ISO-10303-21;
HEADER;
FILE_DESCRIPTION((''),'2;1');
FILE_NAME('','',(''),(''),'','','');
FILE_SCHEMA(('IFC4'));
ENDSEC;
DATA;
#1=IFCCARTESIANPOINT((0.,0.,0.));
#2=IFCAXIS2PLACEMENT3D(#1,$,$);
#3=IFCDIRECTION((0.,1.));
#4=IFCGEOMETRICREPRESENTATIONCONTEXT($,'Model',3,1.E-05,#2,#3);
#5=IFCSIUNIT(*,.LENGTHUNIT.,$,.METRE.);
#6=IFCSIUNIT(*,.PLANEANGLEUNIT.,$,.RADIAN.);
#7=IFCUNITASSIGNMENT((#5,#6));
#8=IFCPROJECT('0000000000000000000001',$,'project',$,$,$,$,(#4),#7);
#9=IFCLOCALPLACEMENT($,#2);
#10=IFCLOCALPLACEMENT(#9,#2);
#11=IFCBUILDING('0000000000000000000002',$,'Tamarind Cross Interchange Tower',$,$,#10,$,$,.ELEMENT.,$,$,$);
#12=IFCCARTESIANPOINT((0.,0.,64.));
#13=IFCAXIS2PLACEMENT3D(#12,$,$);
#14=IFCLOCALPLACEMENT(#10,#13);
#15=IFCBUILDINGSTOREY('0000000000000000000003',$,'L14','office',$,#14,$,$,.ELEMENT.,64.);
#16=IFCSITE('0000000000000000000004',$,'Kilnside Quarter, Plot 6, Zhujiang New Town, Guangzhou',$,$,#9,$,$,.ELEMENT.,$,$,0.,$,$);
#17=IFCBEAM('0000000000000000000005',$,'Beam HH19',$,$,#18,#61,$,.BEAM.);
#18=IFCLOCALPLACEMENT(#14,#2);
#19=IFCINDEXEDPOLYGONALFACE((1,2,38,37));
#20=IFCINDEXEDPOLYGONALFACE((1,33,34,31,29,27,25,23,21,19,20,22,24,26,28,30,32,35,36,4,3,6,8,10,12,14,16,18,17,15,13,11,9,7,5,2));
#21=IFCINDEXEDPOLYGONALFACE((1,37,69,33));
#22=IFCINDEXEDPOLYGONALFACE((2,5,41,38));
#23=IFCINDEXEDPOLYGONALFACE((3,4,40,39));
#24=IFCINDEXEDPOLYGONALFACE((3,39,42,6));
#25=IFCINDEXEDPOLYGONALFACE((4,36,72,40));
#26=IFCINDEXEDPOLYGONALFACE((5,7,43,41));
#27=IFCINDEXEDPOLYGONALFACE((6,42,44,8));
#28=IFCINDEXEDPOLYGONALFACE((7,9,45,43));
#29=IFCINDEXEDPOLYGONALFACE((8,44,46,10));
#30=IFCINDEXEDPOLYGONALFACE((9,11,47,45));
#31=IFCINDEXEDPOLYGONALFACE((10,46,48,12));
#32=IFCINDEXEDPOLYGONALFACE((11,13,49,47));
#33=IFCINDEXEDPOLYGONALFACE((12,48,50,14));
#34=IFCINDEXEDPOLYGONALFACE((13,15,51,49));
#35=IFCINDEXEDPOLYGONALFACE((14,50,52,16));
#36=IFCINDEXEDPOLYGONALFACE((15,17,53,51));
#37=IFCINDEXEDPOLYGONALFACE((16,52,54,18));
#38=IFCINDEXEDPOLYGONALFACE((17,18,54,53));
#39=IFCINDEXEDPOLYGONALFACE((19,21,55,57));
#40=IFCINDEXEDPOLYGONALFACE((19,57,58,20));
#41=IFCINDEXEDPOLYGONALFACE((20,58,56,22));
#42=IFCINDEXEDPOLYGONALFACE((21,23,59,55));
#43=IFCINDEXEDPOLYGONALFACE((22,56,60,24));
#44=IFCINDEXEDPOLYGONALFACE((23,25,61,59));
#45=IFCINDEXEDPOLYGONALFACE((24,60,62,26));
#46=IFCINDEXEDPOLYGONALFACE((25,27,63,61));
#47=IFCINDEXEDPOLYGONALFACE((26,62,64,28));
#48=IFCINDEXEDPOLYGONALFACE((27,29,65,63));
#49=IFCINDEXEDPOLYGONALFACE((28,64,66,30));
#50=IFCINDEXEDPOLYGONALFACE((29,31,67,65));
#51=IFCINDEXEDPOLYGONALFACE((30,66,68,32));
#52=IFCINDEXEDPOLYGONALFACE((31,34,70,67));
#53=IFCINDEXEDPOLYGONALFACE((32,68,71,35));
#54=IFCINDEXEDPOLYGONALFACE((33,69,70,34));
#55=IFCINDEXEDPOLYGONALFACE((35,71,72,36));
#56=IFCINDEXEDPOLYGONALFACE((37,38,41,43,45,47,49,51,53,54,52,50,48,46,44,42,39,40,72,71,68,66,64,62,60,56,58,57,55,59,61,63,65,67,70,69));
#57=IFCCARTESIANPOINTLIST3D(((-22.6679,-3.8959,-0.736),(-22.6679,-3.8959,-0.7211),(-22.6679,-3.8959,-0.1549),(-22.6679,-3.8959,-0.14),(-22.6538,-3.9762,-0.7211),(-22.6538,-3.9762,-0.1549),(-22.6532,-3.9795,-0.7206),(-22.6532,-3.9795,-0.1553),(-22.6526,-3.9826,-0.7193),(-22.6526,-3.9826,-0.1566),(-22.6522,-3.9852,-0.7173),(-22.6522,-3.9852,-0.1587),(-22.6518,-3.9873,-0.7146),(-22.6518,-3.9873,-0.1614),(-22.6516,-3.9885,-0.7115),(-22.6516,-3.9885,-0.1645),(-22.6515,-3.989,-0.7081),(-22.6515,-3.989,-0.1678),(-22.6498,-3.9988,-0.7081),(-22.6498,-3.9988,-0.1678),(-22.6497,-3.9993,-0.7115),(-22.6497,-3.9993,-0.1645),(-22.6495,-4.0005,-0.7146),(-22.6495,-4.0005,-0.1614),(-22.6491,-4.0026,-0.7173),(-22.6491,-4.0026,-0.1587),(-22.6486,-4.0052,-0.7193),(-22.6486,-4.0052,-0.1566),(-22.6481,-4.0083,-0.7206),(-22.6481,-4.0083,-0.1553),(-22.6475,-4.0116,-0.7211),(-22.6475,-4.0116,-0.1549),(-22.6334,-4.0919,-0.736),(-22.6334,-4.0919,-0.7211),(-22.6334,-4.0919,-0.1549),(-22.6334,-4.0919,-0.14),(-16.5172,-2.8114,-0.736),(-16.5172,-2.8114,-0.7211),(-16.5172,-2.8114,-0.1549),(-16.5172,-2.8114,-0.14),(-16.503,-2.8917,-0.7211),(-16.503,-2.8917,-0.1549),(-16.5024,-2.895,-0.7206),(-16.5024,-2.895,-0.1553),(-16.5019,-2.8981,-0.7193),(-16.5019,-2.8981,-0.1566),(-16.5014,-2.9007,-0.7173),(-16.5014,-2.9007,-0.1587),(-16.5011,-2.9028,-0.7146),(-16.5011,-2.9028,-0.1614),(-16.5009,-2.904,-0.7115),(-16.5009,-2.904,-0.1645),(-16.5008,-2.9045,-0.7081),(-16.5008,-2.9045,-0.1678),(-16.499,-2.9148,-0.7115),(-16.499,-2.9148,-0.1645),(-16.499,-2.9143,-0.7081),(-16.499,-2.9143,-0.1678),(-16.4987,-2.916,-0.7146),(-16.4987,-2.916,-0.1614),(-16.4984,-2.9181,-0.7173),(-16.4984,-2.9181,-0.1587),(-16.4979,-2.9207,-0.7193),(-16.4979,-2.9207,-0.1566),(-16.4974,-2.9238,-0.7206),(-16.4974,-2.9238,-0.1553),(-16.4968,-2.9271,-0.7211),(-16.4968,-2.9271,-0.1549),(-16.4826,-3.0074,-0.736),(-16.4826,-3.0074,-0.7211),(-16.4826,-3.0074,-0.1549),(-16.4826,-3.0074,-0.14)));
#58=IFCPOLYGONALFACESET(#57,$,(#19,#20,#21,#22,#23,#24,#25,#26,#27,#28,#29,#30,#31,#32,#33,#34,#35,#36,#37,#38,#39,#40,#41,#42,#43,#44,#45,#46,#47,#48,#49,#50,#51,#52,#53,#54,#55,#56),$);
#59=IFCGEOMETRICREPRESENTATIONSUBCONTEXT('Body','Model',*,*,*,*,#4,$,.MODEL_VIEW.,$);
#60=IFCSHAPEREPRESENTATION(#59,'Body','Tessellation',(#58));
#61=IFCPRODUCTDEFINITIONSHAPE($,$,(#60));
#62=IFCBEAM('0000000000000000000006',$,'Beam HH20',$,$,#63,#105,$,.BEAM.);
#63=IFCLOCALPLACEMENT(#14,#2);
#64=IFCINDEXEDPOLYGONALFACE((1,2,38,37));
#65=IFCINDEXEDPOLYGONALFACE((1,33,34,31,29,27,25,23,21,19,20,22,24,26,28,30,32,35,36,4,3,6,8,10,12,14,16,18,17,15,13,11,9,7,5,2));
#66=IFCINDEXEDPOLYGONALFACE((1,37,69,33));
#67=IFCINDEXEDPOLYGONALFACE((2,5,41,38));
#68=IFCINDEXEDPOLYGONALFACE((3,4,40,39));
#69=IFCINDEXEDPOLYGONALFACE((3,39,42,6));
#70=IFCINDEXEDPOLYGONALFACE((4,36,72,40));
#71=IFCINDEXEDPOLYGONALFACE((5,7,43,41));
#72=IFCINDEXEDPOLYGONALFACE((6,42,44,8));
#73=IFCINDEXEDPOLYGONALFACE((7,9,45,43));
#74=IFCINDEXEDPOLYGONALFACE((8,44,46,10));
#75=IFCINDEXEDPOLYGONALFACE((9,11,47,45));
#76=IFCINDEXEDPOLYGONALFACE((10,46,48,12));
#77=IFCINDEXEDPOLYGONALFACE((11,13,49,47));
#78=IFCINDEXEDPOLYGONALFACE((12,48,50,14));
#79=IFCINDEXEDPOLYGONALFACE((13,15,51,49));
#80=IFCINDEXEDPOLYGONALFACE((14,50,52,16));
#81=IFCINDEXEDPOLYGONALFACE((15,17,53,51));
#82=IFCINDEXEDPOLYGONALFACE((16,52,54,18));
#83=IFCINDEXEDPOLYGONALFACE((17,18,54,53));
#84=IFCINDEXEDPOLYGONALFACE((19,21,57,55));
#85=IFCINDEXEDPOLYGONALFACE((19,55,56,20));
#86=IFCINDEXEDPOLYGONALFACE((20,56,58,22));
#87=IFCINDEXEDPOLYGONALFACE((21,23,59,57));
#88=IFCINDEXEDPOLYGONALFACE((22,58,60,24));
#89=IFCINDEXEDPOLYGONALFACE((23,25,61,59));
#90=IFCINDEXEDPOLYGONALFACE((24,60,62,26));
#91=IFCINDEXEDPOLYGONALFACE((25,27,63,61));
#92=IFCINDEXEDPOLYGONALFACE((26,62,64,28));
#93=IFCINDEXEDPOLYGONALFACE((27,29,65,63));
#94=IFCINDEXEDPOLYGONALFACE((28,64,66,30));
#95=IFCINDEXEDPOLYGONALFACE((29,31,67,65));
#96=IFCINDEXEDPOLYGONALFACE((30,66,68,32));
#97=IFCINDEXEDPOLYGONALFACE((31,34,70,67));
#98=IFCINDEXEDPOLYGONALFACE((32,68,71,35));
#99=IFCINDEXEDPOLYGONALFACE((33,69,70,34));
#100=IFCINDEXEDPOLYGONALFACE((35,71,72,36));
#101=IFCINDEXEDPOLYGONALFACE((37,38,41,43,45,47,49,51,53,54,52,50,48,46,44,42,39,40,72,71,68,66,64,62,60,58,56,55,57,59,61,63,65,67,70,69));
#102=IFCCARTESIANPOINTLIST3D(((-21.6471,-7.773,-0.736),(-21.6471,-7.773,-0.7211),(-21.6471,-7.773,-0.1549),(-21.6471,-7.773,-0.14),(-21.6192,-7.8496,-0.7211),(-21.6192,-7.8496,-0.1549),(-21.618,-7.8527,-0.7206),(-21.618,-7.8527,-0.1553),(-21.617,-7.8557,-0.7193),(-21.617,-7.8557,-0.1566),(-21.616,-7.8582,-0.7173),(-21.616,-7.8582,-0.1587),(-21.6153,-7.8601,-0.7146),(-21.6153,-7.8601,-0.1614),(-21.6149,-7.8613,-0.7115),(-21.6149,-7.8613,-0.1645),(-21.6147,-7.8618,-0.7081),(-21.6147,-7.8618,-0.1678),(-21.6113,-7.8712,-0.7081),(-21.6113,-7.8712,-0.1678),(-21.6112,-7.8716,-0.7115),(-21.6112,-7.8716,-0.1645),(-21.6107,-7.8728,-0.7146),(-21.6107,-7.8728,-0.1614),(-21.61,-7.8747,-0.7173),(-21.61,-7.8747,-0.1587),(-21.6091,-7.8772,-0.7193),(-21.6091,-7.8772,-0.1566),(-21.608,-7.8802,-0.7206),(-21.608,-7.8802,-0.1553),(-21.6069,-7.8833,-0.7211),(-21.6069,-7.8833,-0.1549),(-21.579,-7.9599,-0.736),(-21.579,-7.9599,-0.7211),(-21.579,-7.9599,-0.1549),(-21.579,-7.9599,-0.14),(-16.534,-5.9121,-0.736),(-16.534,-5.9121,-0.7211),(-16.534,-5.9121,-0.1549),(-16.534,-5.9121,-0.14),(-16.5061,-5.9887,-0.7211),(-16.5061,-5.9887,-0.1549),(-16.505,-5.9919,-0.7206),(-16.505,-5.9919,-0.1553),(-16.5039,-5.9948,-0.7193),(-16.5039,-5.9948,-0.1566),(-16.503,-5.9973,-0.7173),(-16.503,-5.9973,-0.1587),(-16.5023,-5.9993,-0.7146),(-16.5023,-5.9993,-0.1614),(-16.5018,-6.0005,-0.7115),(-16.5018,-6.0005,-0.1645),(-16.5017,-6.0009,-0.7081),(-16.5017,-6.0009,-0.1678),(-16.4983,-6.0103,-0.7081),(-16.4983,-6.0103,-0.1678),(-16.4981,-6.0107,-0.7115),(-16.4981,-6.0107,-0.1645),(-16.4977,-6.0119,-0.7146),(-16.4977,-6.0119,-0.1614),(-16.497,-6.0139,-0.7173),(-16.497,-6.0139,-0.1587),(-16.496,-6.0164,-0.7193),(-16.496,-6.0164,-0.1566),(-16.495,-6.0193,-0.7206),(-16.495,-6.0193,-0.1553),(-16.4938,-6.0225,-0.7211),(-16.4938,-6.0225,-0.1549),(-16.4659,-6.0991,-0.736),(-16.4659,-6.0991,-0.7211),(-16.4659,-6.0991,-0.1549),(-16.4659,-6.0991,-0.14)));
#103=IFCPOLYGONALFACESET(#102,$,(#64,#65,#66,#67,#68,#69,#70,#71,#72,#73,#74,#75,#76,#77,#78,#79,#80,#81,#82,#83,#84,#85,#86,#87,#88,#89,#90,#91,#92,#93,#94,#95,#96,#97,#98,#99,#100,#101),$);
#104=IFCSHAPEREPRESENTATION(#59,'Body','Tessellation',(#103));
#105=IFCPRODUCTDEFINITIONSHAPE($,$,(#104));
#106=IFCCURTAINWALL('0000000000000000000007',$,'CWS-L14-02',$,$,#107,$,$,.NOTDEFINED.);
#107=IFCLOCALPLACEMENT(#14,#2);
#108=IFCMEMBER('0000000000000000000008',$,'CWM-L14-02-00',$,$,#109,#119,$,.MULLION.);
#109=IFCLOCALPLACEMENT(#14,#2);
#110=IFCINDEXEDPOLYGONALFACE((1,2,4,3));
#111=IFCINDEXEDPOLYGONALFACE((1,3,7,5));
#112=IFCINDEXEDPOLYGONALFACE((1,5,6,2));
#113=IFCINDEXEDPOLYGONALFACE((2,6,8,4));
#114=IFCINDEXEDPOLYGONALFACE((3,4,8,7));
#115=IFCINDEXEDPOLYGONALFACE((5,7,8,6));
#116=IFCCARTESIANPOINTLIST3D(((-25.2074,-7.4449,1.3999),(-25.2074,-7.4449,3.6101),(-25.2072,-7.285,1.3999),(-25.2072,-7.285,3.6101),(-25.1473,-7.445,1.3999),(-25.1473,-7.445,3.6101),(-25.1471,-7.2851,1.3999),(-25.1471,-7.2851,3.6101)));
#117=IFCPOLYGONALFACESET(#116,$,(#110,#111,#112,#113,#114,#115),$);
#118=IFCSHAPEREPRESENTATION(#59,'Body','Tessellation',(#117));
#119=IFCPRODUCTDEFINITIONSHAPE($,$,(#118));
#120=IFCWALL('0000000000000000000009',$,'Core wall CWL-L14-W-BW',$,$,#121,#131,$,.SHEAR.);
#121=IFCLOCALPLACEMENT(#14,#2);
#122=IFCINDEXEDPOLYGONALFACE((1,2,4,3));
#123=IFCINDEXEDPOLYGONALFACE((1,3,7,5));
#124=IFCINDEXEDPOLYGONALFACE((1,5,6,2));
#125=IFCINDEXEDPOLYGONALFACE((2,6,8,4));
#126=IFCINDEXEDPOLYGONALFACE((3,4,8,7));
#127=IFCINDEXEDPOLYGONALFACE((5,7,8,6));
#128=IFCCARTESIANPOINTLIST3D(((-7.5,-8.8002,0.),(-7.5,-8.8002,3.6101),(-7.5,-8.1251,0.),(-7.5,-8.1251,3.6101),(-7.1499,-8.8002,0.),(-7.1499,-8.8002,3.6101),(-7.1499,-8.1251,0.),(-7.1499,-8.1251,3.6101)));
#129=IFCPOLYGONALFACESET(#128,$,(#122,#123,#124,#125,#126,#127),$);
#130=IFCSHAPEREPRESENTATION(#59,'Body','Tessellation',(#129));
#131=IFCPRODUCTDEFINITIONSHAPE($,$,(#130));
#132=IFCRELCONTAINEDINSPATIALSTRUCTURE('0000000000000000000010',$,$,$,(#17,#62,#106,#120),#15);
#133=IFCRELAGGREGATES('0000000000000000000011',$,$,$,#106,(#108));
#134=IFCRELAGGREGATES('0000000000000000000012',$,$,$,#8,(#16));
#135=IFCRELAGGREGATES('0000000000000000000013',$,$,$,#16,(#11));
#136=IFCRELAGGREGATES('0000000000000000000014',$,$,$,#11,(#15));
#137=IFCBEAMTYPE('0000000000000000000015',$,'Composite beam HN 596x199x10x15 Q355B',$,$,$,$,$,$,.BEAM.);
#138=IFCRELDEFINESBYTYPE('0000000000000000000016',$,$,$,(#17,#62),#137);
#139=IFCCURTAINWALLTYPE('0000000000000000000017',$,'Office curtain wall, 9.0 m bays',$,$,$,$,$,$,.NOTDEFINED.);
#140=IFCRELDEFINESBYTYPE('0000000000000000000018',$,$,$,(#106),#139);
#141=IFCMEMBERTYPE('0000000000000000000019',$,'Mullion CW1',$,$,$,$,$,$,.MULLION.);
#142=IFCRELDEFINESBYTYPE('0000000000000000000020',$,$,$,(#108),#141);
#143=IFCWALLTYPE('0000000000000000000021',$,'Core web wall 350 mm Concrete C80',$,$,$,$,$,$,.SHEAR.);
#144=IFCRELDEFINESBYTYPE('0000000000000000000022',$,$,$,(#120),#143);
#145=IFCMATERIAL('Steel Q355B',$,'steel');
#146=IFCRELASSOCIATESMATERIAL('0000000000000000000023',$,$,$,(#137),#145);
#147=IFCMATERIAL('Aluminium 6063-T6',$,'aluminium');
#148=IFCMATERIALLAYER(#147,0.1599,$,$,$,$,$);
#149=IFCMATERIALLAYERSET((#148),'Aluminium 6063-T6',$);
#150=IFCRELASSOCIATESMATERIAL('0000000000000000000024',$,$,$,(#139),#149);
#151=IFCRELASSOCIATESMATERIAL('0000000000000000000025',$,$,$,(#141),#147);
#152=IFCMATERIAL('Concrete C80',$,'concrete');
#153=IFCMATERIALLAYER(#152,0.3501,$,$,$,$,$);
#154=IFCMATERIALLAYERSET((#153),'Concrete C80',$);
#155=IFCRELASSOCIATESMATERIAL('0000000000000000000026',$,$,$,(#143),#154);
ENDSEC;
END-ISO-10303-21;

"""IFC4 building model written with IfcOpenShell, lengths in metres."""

from ifc_helpers import new_model, si_unit, direction, frame, frame_2d, origin, origin_2d, place, context, subcontext, project, spatial, rectangle, i_section, extrude, material, layer, layer_set, material_profile, profile_set, type_object, element, aggregate, save


model = new_model("IFC4")

# Units and contexts
model_context = context("Model", 3, precision=1e-05, world=origin(), true_north=direction((0.0, 1.0)))
body_context = subcontext(model_context, "Body", "Model", "MODEL_VIEW")
ifc_project = project(units=[si_unit("LENGTHUNIT", "METRE"), si_unit("PLANEANGLEUNIT", "RADIAN")], contexts=[model_context])

# Site, building, storey
site_placement = place(None, origin())
site = spatial("IfcSite", under=ifc_project, at=site_placement, Name="Kilnside Quarter, Plot 6, Zhujiang New Town, Guangzhou", CompositionType="ELEMENT", RefElevation=0.0)
building_placement = place(site_placement, origin())
building = spatial("IfcBuilding", under=site, at=building_placement, Name="Tamarind Cross Interchange Tower", CompositionType="ELEMENT")
storey_placement = place(building_placement, frame((0.0, 0.0, 64.0)))
storey = spatial("IfcBuildingStorey", under=building, at=storey_placement, Name="L14", Description="office", CompositionType="ELEMENT", Elevation=64.0)

# Beams
ifc_material_1 = material(Name="Steel Q355B", Category="steel")
ifc_material_profile_1 = material_profile(ifc_material_1, i_section(OverallWidth=0.199, OverallDepth=0.5959, WebThickness=0.01, FlangeThickness=0.0149, FilletRadius=0.0129, at=origin_2d()), Name="HN 596x199x10x15")
ifc_profile_set_1 = profile_set([ifc_material_profile_1], Name="Steel Q355B")
beam_type = type_object("IfcBeamType", Name="Composite beam HN 596x199x10x15 Q355B", PredefinedType="BEAM", material=ifc_profile_set_1)
beam_1_placement = place(storey_placement, frame((-22.6506, -3.9939, -0.438), z_axis=(0.984809, 0.17364, 0.0), x_axis=(-0.17364, 0.984809, 0.0)))
element("IfcBeam", 1, at=beam_1_placement, inside=storey, type_object=beam_type, Name="Beam HH19", PredefinedType="BEAM", context=body_context, shape_type="SweptSolid", body=[
    extrude(i_section(OverallWidth=0.199, OverallDepth=0.5959, WebThickness=0.01, FlangeThickness=0.0149, FilletRadius=0.0129, at=origin_2d()), origin(), (0.0, 0.0, 1.0), 6.2456),
])
beam_2_placement = place(storey_placement, frame((-21.613, -7.8665, -0.438), z_axis=(0.939702, 0.341995, 0.0), x_axis=(-0.341995, 0.939702, 0.0)))
element("IfcBeam", 2, at=beam_2_placement, inside=storey, type_object=beam_type, Name="Beam HH20", PredefinedType="BEAM", context=body_context, shape_type="SweptSolid", body=[
    extrude(i_section(OverallWidth=0.199, OverallDepth=0.5959, WebThickness=0.01, FlangeThickness=0.0149, FilletRadius=0.0129, at=origin_2d()), origin(), (0.0, 0.0, 1.0), 5.4412),
])

# Curtain wall, member
ifc_material_2 = material(Name="Aluminium 6063-T6", Category="aluminium")
ifc_layer_1 = layer(ifc_material_2, 0.1599)
ifc_layer_set_1 = layer_set([ifc_layer_1], Name="Aluminium 6063-T6")
curtain_wall_type = type_object("IfcCurtainWallType", Name="Office curtain wall, 9.0 m bays", PredefinedType="NOTDEFINED", material=ifc_layer_set_1)
curtain_wall_placement = place(storey_placement, origin())
curtain_wall = element("IfcCurtainWall", 3, at=curtain_wall_placement, inside=storey, type_object=curtain_wall_type, Name="CWS-L14-02", PredefinedType="NOTDEFINED")
ifc_material_profile_2 = material_profile(ifc_material_2, rectangle(XDim=0.0601, YDim=0.1599, at=origin_2d()), Name="Mullion CW1")
ifc_profile_set_2 = profile_set([ifc_material_profile_2], Name="Aluminium 6063-T6")
member_type = type_object("IfcMemberType", Name="Mullion CW1", PredefinedType="MULLION", material=ifc_profile_set_2)
member_placement = place(storey_placement, frame((-25.1772, -7.365, 1.3999), z_axis=(0.0, 0.0, 1.0), x_axis=(1.0, -0.000957, 0.0)))
member = element("IfcMember", 4, at=member_placement, type_object=member_type, Name="CWM-L14-02-00", PredefinedType="MULLION", context=body_context, shape_type="SweptSolid", body=[
    extrude(rectangle(XDim=0.0601, YDim=0.1599, at=origin_2d()), origin(), (0.0, 0.0, 1.0), 2.2102),
])
aggregate(curtain_wall, [member])

# Wall
ifc_material_3 = material(Name="Concrete C80", Category="concrete")
ifc_layer_2 = layer(ifc_material_3, 0.3501)
ifc_layer_set_2 = layer_set([ifc_layer_2], Name="Concrete C80")
wall_type_1 = type_object("IfcWallType", Name="Core web wall 350 mm Concrete C80", PredefinedType="SHEAR", material=ifc_layer_set_2)
wall_1_placement = place(storey_placement, frame((-7.325, -8.8, 0.0), z_axis=(0.0, 0.0, 1.0), x_axis=(0.0, 1.0, 0.0)))
element("IfcWall", 5, at=wall_1_placement, inside=storey, type_object=wall_type_1, Name="Core wall CWL-L14-W-BW", PredefinedType="SHEAR", context=body_context, shape_type="SweptSolid", body=[
    extrude(rectangle(XDim=0.675, YDim=0.3501, at=frame_2d((0.3374, 0.0))), origin(), (0.0, 0.0, 1.0), 3.6101),
])

save(model, "model.ifc")
